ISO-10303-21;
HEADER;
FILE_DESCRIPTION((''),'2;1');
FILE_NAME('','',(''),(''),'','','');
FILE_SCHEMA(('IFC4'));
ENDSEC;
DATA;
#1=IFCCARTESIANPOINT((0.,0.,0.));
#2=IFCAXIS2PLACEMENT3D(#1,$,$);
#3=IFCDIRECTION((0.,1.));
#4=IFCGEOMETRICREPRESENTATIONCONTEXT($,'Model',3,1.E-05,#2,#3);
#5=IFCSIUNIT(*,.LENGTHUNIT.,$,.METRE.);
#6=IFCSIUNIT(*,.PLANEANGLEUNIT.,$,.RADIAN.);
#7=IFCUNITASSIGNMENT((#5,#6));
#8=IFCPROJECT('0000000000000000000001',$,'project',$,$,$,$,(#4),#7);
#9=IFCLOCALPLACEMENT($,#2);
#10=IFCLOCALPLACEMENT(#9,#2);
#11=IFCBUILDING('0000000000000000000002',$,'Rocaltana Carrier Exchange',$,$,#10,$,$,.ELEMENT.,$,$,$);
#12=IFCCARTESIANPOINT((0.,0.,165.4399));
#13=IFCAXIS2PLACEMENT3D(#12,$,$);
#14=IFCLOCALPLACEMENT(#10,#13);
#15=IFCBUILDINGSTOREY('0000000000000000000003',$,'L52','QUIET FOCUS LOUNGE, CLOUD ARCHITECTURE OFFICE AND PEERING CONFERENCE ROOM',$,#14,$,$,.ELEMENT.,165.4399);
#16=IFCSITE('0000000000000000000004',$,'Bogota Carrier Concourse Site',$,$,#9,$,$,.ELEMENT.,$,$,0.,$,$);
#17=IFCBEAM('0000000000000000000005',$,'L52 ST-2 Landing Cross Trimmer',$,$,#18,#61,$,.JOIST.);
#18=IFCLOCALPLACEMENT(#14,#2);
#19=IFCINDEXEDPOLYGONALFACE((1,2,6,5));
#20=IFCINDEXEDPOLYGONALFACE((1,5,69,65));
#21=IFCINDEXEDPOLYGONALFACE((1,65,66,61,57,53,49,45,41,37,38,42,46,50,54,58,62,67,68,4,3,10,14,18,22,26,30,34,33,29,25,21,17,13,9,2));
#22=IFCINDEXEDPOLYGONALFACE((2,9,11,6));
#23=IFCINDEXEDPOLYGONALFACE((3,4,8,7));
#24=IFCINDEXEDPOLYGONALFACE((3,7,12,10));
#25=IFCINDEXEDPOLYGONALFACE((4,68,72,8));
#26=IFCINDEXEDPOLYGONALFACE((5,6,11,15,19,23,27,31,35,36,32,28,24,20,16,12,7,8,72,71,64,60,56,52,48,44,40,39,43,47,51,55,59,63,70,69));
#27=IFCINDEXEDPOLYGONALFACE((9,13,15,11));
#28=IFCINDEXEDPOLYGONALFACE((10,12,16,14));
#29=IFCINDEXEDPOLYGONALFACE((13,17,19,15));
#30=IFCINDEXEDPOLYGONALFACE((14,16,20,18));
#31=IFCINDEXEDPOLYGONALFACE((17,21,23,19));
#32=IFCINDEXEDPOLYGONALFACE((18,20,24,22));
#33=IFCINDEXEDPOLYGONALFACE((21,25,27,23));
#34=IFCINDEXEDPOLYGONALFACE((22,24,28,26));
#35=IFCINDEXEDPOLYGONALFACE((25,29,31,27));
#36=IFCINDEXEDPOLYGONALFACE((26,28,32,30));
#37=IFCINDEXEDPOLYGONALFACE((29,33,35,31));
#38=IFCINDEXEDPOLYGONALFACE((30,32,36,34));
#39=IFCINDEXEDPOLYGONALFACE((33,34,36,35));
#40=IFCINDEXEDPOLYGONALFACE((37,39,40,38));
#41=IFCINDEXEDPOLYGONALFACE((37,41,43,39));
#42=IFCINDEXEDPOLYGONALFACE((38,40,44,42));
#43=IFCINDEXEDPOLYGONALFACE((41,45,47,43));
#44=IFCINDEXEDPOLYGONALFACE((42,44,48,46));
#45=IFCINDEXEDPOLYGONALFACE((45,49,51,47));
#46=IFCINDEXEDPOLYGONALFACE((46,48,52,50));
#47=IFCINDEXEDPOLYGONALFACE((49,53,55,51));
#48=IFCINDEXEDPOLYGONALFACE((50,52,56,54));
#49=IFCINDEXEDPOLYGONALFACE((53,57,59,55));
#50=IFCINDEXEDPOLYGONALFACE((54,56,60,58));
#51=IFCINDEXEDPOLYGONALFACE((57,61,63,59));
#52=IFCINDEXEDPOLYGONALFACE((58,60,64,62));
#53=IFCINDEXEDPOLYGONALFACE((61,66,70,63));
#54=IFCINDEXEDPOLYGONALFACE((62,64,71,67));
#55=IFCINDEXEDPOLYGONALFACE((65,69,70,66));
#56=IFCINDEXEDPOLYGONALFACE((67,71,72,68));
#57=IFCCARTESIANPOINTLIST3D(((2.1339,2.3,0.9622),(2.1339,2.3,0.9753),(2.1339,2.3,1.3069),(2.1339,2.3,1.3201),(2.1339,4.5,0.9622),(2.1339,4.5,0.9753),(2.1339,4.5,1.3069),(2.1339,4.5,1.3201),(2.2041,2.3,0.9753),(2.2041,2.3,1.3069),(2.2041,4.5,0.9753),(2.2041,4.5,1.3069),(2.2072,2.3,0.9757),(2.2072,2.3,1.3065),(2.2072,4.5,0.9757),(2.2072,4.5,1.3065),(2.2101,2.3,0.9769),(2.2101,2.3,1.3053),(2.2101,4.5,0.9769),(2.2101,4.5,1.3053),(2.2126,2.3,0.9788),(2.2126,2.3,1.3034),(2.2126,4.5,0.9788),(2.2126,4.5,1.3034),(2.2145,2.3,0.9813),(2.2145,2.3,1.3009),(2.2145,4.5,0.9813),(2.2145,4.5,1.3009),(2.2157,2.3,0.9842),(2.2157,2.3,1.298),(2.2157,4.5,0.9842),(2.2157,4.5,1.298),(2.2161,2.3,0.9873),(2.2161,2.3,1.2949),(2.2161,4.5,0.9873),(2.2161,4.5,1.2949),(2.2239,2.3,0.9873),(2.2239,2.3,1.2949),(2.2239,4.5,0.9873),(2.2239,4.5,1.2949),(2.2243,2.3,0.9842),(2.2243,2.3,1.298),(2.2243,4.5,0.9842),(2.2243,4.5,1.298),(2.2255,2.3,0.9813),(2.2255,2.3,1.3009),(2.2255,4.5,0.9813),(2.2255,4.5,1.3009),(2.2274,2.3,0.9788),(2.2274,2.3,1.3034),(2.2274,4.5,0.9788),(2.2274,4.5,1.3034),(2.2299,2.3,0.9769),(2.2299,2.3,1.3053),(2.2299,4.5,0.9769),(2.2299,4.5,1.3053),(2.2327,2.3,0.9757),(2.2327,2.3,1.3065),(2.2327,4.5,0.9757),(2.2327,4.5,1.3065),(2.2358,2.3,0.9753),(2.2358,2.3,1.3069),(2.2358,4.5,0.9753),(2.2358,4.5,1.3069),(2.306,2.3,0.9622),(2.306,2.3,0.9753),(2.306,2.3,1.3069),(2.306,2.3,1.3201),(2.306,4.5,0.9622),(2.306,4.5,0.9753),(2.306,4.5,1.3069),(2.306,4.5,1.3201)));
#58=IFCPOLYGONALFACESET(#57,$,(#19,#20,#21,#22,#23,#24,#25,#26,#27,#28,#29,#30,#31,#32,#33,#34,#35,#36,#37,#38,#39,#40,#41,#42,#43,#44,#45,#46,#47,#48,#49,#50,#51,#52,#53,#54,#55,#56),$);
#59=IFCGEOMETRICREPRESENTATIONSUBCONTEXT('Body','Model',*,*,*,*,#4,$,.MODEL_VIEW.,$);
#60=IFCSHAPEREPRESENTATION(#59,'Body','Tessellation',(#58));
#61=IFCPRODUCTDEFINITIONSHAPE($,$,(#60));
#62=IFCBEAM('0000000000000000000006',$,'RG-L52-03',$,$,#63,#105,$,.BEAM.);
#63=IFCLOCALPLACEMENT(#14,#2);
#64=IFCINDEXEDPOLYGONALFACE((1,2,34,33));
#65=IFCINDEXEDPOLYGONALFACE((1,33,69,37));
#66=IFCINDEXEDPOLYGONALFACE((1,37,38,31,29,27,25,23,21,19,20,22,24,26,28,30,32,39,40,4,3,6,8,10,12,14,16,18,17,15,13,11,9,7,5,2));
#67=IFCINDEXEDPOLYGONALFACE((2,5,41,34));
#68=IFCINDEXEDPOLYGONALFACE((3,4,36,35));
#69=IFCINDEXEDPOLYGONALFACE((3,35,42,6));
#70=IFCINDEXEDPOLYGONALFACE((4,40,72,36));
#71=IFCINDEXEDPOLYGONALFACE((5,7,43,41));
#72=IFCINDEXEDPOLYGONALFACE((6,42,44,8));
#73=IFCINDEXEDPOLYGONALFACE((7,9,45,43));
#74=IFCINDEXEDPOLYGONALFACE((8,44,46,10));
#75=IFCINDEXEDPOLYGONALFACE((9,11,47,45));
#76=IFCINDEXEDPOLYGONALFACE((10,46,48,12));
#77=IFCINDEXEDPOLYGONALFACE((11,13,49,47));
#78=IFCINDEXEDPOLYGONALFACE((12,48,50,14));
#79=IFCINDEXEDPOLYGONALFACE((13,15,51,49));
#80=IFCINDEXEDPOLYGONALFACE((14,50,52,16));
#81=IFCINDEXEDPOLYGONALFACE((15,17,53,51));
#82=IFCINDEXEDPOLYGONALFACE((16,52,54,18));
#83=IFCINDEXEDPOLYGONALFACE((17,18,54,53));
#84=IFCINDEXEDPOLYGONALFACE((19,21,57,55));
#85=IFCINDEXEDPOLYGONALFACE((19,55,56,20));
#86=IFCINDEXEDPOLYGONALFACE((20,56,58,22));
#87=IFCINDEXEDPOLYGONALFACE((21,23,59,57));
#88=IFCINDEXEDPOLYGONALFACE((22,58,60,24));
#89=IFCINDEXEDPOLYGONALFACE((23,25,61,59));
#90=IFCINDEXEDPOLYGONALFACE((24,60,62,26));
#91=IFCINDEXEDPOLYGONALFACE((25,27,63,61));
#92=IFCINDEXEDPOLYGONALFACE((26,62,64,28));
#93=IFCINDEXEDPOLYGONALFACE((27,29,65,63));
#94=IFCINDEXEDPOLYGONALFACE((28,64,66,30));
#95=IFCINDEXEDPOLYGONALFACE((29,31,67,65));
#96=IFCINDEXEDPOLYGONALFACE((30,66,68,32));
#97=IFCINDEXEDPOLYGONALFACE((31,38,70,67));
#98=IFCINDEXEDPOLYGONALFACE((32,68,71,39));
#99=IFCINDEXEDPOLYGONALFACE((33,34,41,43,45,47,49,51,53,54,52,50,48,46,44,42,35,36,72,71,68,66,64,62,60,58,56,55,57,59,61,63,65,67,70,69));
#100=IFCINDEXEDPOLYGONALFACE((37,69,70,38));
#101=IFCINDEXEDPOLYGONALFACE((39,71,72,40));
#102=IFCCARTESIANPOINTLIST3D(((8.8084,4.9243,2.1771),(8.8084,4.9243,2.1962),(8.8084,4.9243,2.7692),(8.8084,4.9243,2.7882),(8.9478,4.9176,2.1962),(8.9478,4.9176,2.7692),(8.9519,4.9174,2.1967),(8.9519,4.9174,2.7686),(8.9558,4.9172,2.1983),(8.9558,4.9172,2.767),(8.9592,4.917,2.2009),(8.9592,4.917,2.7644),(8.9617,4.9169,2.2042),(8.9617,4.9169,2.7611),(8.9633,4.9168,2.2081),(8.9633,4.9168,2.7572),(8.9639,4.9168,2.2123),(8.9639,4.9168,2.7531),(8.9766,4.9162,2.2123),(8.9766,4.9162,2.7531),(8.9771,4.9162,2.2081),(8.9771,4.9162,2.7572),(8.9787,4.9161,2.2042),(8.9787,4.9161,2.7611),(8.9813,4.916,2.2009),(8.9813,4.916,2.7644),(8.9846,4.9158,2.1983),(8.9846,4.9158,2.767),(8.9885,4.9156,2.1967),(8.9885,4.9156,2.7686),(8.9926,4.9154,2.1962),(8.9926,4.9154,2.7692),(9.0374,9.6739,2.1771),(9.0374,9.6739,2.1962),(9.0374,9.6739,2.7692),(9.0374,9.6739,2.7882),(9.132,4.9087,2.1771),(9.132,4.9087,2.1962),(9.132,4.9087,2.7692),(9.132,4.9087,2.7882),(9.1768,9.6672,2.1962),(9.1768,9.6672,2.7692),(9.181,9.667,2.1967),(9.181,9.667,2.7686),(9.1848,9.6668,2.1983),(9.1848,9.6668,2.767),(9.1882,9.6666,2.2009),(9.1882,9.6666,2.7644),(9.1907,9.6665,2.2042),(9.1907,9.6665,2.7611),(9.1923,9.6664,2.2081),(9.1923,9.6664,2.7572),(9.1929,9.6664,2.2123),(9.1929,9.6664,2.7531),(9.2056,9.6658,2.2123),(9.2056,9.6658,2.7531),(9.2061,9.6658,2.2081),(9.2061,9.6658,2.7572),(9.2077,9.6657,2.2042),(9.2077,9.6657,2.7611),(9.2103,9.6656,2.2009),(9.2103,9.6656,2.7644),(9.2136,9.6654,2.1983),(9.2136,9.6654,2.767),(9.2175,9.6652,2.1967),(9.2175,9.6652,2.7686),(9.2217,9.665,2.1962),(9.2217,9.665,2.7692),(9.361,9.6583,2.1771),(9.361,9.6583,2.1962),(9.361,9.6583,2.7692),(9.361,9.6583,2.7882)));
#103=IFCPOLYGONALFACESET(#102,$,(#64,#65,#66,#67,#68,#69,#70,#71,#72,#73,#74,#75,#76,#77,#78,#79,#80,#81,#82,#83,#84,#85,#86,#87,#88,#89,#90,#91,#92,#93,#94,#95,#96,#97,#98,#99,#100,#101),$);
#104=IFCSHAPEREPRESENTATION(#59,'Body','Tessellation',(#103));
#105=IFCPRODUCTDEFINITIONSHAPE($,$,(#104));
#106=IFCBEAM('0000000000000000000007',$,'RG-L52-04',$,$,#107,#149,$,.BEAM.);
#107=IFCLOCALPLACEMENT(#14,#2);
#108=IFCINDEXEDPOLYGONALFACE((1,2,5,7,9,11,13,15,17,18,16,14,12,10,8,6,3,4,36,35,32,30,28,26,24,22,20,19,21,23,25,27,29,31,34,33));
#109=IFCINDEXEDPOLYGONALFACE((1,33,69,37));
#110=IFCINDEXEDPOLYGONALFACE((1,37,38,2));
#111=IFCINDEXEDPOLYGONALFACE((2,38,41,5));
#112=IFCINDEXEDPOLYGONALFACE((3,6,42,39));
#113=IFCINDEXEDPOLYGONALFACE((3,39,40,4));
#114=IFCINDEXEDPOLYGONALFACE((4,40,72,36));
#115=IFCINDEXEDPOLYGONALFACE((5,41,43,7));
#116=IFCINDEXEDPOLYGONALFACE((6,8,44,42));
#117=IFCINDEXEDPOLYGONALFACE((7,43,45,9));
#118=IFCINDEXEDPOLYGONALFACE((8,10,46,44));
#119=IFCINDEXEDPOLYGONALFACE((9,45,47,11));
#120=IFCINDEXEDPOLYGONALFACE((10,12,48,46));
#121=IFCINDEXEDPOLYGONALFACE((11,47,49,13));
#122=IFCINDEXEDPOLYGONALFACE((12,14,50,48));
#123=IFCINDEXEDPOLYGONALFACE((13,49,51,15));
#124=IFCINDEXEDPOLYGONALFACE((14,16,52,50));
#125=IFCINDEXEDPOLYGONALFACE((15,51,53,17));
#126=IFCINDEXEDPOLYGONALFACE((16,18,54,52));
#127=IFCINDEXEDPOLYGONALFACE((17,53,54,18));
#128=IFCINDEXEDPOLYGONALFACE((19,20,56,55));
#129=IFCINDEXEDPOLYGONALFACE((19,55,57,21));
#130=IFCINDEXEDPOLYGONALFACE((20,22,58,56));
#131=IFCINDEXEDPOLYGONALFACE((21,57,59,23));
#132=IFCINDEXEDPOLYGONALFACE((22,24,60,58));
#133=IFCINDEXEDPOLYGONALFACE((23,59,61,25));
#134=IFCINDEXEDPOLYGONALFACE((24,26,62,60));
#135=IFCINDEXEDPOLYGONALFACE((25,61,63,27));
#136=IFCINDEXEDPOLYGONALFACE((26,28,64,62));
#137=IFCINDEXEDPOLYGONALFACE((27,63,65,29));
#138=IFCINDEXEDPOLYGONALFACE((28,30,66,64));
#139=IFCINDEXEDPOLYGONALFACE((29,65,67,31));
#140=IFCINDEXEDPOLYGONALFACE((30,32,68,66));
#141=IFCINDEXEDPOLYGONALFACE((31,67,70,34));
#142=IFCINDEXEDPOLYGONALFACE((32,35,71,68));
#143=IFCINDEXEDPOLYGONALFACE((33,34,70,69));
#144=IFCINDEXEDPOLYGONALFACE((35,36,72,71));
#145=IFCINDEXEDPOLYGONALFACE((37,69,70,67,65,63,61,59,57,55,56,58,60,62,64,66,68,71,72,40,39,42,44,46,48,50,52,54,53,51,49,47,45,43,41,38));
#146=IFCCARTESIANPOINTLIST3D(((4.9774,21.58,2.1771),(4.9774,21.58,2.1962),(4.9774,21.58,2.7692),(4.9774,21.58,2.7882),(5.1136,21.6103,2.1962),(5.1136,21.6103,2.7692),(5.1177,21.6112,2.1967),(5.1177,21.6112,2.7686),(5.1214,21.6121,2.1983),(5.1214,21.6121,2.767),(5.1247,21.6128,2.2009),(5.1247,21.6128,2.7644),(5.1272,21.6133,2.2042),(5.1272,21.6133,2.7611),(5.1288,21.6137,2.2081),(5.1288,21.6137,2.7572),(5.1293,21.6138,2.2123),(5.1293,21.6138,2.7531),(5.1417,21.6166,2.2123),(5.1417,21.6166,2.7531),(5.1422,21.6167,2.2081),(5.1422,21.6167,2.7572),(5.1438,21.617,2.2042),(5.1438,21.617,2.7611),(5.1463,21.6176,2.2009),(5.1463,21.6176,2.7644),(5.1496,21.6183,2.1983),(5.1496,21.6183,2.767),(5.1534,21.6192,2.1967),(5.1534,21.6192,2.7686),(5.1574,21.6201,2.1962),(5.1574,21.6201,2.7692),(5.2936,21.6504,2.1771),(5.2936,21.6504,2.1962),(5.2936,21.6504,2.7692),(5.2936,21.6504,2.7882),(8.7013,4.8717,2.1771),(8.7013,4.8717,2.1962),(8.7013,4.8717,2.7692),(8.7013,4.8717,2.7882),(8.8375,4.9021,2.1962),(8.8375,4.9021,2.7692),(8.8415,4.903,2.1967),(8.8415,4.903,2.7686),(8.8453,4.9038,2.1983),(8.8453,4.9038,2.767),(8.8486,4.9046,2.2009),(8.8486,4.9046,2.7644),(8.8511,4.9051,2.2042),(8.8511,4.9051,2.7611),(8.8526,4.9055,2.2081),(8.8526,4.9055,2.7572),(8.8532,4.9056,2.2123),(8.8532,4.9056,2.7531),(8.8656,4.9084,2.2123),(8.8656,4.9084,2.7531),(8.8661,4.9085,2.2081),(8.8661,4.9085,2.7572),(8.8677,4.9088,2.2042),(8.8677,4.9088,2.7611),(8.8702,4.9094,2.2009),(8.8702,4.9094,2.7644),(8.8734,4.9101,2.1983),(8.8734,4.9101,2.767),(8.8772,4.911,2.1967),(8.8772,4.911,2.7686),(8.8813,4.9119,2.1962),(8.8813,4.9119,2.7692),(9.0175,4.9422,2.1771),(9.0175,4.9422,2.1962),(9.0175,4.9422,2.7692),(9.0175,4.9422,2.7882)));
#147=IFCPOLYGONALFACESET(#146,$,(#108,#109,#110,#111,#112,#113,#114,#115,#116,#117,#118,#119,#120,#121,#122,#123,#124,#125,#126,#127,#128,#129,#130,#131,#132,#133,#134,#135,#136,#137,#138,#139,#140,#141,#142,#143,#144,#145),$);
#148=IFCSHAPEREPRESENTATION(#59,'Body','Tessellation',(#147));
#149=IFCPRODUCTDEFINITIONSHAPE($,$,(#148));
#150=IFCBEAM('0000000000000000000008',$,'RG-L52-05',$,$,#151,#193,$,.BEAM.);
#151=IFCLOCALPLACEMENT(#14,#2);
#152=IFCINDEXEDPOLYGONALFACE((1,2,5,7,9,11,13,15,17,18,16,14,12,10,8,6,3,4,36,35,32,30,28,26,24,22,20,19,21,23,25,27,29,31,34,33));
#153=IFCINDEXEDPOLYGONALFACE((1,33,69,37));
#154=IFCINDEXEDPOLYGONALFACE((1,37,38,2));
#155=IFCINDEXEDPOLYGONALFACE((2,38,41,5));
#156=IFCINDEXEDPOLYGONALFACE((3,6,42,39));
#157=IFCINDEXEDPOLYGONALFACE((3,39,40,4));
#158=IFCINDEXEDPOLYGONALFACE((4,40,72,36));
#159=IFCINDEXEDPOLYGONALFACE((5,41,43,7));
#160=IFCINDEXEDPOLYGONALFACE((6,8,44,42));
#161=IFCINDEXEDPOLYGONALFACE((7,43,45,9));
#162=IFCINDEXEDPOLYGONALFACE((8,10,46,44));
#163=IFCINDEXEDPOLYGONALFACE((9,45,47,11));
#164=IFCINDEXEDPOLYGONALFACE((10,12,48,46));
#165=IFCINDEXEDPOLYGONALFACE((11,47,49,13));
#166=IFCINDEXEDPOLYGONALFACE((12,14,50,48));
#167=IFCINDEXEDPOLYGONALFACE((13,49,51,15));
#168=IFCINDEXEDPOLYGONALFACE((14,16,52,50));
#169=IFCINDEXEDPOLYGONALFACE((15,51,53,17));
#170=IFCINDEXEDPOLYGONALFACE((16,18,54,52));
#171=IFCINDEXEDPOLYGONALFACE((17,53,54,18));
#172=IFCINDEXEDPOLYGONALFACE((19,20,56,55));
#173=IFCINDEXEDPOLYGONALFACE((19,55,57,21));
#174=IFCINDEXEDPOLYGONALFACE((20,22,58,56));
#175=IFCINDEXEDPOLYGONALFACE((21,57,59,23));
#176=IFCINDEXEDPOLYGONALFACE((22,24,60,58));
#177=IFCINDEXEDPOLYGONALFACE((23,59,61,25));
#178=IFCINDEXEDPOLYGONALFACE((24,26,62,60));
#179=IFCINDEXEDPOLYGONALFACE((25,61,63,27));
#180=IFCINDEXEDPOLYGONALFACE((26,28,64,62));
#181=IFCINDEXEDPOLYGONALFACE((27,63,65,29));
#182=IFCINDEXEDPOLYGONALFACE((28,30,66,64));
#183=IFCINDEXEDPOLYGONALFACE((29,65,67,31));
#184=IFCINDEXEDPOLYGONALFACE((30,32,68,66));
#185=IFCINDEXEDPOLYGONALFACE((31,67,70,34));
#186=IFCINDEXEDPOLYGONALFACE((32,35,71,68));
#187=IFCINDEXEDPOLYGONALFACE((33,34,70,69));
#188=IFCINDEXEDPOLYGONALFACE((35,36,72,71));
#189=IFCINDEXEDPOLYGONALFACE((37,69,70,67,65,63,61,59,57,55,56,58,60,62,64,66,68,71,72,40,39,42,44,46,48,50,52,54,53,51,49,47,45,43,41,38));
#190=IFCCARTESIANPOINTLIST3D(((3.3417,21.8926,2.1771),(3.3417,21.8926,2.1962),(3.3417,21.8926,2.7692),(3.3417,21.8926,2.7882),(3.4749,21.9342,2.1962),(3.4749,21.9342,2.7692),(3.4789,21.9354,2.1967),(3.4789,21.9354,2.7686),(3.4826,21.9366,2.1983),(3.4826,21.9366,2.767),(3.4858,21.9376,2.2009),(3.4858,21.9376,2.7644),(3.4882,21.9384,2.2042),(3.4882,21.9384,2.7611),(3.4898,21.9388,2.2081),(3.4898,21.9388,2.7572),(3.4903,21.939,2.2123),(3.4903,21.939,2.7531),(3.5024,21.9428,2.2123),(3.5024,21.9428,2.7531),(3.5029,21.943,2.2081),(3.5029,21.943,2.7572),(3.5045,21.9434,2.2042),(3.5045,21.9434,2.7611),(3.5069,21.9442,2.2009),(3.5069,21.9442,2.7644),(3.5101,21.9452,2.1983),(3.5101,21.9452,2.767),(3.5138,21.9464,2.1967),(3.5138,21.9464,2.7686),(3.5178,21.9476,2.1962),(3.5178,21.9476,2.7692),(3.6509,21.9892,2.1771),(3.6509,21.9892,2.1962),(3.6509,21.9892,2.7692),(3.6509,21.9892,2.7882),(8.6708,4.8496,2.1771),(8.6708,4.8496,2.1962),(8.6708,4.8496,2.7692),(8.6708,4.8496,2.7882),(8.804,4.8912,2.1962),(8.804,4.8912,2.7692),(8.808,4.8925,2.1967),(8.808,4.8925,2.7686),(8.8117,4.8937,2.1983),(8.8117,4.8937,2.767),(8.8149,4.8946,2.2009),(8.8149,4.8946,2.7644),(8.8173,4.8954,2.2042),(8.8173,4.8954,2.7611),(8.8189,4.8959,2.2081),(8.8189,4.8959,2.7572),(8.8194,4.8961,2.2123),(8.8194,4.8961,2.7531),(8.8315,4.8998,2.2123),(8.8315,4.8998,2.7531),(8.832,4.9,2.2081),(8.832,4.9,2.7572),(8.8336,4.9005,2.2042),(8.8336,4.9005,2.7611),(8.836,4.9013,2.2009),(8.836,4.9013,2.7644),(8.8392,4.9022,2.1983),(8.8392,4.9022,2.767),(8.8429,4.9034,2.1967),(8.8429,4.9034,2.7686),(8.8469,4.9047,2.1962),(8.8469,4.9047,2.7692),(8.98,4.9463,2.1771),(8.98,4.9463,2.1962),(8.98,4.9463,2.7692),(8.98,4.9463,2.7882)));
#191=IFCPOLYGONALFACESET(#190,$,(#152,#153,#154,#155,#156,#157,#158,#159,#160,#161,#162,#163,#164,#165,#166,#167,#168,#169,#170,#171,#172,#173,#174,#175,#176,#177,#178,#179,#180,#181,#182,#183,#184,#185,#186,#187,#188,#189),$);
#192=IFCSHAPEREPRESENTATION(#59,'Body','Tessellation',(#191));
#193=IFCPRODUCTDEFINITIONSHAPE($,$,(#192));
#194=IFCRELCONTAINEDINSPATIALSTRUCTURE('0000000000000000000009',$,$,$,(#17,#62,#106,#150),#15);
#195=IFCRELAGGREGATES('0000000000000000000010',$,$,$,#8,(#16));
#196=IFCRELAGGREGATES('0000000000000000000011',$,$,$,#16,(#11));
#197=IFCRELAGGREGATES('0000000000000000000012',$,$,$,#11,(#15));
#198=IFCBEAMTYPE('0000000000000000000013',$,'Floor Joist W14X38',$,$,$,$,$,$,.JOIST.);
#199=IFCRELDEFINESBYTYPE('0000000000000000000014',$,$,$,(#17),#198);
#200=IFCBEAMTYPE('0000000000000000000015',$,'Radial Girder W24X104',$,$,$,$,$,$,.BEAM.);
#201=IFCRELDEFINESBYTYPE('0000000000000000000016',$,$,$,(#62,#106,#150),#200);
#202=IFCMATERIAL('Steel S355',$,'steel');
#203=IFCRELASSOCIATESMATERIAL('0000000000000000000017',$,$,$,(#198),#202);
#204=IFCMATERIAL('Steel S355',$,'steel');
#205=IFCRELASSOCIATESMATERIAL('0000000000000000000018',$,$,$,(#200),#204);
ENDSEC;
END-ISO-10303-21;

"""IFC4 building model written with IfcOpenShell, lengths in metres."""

from ifc_helpers import new_model, si_unit, direction, frame, origin, origin_2d, place, context, subcontext, project, spatial, i_section, extrude, material, material_profile, profile_set, type_object, element, save


model = new_model("IFC4")

# Units and contexts
model_context = context("Model", 3, precision=1e-05, world=origin(), true_north=direction((0.0, 1.0)))
body_context = subcontext(model_context, "Body", "Model", "MODEL_VIEW")
ifc_project = project(units=[si_unit("LENGTHUNIT", "METRE"), si_unit("PLANEANGLEUNIT", "RADIAN")], contexts=[model_context])

# Site, building, storey
site_placement = place(None, origin())
site = spatial("IfcSite", under=ifc_project, at=site_placement, Name="Bogota Carrier Concourse Site", CompositionType="ELEMENT", RefElevation=0.0)
building_placement = place(site_placement, origin())
building = spatial("IfcBuilding", under=site, at=building_placement, Name="Rocaltana Carrier Exchange", CompositionType="ELEMENT")
storey_placement = place(building_placement, frame((0.0, 0.0, 165.4399)))
storey = spatial("IfcBuildingStorey", under=building, at=storey_placement, Name="L52", Description="QUIET FOCUS LOUNGE, CLOUD ARCHITECTURE OFFICE AND PEERING CONFERENCE ROOM", CompositionType="ELEMENT", Elevation=165.4399)

# Beams
ifc_material_1 = material(Name="Steel S355", Category="steel")
ifc_material_profile_1 = material_profile(ifc_material_1, i_section(OverallWidth=0.1721, OverallDepth=0.3579, WebThickness=0.0078, FlangeThickness=0.0132, FilletRadius=0.012, at=origin_2d()), Name="W14X38")
ifc_profile_set_1 = profile_set([ifc_material_profile_1], Name="Steel S355")
beam_type_1 = type_object("IfcBeamType", Name="Floor Joist W14X38", PredefinedType="JOIST", material=ifc_profile_set_1)
beam_1_placement = place(storey_placement, frame((2.22, 2.3, 1.1411), z_axis=(0.0, 1.0, 0.0), x_axis=(-1.0, 0.0, 0.0)))
element("IfcBeam", 1, at=beam_1_placement, inside=storey, type_object=beam_type_1, Name="L52 ST-2 Landing Cross Trimmer", PredefinedType="JOIST", context=body_context, shape_type="SweptSolid", body=[
    extrude(i_section(OverallWidth=0.1721, OverallDepth=0.3579, WebThickness=0.0078, FlangeThickness=0.0132, FilletRadius=0.012, at=origin_2d()), origin(), (0.0, 0.0, 1.0), 2.2),
])
ifc_material_2 = material(Name="Steel S355", Category="steel")
ifc_material_profile_2 = material_profile(ifc_material_2, i_section(OverallWidth=0.324, OverallDepth=0.6111, WebThickness=0.0127, FlangeThickness=0.019, FilletRadius=0.0161, at=origin_2d()), Name="W24X104")
ifc_profile_set_2 = profile_set([ifc_material_profile_2], Name="Steel S355")
beam_type_2 = type_object("IfcBeamType", Name="Radial Girder W24X104", PredefinedType="BEAM", material=ifc_profile_set_2)
beam_2_placement = place(storey_placement, frame((8.9702, 4.9165, 2.4827), z_axis=(0.04816, 0.99884, 0.0), x_axis=(-0.99884, 0.04816, 0.0)))
element("IfcBeam", 2, at=beam_2_placement, inside=storey, type_object=beam_type_2, Name="RG-L52-03", PredefinedType="BEAM", context=body_context, shape_type="SweptSolid", body=[
    extrude(i_section(OverallWidth=0.324, OverallDepth=0.6111, WebThickness=0.0127, FlangeThickness=0.019, FilletRadius=0.0161, at=origin_2d()), origin(), (0.0, 0.0, 1.0), 4.7551),
])
beam_3_placement = place(storey_placement, frame((8.8594, 4.907, 2.4827), z_axis=(-0.217539, 0.976052, 0.0), x_axis=(-0.976052, -0.217539, 0.0)))
element("IfcBeam", 3, at=beam_3_placement, inside=storey, type_object=beam_type_2, Name="RG-L52-04", PredefinedType="BEAM", context=body_context, shape_type="SweptSolid", body=[
    extrude(i_section(OverallWidth=0.324, OverallDepth=0.6111, WebThickness=0.0127, FlangeThickness=0.019, FilletRadius=0.0161, at=origin_2d()), origin(), (0.0, 0.0, 1.0), 17.1182),
])
beam_4_placement = place(storey_placement, frame((8.8254, 4.8979, 2.4827), z_axis=(-0.298437, 0.954429, 0.0), x_axis=(-0.954429, -0.298437, 0.0)))
element("IfcBeam", 4, at=beam_4_placement, inside=storey, type_object=beam_type_2, Name="RG-L52-05", PredefinedType="BEAM", context=body_context, shape_type="SweptSolid", body=[
    extrude(i_section(OverallWidth=0.324, OverallDepth=0.6111, WebThickness=0.0127, FlangeThickness=0.019, FilletRadius=0.0161, at=origin_2d()), origin(), (0.0, 0.0, 1.0), 17.8567),
])

save(model, "model.ifc")
